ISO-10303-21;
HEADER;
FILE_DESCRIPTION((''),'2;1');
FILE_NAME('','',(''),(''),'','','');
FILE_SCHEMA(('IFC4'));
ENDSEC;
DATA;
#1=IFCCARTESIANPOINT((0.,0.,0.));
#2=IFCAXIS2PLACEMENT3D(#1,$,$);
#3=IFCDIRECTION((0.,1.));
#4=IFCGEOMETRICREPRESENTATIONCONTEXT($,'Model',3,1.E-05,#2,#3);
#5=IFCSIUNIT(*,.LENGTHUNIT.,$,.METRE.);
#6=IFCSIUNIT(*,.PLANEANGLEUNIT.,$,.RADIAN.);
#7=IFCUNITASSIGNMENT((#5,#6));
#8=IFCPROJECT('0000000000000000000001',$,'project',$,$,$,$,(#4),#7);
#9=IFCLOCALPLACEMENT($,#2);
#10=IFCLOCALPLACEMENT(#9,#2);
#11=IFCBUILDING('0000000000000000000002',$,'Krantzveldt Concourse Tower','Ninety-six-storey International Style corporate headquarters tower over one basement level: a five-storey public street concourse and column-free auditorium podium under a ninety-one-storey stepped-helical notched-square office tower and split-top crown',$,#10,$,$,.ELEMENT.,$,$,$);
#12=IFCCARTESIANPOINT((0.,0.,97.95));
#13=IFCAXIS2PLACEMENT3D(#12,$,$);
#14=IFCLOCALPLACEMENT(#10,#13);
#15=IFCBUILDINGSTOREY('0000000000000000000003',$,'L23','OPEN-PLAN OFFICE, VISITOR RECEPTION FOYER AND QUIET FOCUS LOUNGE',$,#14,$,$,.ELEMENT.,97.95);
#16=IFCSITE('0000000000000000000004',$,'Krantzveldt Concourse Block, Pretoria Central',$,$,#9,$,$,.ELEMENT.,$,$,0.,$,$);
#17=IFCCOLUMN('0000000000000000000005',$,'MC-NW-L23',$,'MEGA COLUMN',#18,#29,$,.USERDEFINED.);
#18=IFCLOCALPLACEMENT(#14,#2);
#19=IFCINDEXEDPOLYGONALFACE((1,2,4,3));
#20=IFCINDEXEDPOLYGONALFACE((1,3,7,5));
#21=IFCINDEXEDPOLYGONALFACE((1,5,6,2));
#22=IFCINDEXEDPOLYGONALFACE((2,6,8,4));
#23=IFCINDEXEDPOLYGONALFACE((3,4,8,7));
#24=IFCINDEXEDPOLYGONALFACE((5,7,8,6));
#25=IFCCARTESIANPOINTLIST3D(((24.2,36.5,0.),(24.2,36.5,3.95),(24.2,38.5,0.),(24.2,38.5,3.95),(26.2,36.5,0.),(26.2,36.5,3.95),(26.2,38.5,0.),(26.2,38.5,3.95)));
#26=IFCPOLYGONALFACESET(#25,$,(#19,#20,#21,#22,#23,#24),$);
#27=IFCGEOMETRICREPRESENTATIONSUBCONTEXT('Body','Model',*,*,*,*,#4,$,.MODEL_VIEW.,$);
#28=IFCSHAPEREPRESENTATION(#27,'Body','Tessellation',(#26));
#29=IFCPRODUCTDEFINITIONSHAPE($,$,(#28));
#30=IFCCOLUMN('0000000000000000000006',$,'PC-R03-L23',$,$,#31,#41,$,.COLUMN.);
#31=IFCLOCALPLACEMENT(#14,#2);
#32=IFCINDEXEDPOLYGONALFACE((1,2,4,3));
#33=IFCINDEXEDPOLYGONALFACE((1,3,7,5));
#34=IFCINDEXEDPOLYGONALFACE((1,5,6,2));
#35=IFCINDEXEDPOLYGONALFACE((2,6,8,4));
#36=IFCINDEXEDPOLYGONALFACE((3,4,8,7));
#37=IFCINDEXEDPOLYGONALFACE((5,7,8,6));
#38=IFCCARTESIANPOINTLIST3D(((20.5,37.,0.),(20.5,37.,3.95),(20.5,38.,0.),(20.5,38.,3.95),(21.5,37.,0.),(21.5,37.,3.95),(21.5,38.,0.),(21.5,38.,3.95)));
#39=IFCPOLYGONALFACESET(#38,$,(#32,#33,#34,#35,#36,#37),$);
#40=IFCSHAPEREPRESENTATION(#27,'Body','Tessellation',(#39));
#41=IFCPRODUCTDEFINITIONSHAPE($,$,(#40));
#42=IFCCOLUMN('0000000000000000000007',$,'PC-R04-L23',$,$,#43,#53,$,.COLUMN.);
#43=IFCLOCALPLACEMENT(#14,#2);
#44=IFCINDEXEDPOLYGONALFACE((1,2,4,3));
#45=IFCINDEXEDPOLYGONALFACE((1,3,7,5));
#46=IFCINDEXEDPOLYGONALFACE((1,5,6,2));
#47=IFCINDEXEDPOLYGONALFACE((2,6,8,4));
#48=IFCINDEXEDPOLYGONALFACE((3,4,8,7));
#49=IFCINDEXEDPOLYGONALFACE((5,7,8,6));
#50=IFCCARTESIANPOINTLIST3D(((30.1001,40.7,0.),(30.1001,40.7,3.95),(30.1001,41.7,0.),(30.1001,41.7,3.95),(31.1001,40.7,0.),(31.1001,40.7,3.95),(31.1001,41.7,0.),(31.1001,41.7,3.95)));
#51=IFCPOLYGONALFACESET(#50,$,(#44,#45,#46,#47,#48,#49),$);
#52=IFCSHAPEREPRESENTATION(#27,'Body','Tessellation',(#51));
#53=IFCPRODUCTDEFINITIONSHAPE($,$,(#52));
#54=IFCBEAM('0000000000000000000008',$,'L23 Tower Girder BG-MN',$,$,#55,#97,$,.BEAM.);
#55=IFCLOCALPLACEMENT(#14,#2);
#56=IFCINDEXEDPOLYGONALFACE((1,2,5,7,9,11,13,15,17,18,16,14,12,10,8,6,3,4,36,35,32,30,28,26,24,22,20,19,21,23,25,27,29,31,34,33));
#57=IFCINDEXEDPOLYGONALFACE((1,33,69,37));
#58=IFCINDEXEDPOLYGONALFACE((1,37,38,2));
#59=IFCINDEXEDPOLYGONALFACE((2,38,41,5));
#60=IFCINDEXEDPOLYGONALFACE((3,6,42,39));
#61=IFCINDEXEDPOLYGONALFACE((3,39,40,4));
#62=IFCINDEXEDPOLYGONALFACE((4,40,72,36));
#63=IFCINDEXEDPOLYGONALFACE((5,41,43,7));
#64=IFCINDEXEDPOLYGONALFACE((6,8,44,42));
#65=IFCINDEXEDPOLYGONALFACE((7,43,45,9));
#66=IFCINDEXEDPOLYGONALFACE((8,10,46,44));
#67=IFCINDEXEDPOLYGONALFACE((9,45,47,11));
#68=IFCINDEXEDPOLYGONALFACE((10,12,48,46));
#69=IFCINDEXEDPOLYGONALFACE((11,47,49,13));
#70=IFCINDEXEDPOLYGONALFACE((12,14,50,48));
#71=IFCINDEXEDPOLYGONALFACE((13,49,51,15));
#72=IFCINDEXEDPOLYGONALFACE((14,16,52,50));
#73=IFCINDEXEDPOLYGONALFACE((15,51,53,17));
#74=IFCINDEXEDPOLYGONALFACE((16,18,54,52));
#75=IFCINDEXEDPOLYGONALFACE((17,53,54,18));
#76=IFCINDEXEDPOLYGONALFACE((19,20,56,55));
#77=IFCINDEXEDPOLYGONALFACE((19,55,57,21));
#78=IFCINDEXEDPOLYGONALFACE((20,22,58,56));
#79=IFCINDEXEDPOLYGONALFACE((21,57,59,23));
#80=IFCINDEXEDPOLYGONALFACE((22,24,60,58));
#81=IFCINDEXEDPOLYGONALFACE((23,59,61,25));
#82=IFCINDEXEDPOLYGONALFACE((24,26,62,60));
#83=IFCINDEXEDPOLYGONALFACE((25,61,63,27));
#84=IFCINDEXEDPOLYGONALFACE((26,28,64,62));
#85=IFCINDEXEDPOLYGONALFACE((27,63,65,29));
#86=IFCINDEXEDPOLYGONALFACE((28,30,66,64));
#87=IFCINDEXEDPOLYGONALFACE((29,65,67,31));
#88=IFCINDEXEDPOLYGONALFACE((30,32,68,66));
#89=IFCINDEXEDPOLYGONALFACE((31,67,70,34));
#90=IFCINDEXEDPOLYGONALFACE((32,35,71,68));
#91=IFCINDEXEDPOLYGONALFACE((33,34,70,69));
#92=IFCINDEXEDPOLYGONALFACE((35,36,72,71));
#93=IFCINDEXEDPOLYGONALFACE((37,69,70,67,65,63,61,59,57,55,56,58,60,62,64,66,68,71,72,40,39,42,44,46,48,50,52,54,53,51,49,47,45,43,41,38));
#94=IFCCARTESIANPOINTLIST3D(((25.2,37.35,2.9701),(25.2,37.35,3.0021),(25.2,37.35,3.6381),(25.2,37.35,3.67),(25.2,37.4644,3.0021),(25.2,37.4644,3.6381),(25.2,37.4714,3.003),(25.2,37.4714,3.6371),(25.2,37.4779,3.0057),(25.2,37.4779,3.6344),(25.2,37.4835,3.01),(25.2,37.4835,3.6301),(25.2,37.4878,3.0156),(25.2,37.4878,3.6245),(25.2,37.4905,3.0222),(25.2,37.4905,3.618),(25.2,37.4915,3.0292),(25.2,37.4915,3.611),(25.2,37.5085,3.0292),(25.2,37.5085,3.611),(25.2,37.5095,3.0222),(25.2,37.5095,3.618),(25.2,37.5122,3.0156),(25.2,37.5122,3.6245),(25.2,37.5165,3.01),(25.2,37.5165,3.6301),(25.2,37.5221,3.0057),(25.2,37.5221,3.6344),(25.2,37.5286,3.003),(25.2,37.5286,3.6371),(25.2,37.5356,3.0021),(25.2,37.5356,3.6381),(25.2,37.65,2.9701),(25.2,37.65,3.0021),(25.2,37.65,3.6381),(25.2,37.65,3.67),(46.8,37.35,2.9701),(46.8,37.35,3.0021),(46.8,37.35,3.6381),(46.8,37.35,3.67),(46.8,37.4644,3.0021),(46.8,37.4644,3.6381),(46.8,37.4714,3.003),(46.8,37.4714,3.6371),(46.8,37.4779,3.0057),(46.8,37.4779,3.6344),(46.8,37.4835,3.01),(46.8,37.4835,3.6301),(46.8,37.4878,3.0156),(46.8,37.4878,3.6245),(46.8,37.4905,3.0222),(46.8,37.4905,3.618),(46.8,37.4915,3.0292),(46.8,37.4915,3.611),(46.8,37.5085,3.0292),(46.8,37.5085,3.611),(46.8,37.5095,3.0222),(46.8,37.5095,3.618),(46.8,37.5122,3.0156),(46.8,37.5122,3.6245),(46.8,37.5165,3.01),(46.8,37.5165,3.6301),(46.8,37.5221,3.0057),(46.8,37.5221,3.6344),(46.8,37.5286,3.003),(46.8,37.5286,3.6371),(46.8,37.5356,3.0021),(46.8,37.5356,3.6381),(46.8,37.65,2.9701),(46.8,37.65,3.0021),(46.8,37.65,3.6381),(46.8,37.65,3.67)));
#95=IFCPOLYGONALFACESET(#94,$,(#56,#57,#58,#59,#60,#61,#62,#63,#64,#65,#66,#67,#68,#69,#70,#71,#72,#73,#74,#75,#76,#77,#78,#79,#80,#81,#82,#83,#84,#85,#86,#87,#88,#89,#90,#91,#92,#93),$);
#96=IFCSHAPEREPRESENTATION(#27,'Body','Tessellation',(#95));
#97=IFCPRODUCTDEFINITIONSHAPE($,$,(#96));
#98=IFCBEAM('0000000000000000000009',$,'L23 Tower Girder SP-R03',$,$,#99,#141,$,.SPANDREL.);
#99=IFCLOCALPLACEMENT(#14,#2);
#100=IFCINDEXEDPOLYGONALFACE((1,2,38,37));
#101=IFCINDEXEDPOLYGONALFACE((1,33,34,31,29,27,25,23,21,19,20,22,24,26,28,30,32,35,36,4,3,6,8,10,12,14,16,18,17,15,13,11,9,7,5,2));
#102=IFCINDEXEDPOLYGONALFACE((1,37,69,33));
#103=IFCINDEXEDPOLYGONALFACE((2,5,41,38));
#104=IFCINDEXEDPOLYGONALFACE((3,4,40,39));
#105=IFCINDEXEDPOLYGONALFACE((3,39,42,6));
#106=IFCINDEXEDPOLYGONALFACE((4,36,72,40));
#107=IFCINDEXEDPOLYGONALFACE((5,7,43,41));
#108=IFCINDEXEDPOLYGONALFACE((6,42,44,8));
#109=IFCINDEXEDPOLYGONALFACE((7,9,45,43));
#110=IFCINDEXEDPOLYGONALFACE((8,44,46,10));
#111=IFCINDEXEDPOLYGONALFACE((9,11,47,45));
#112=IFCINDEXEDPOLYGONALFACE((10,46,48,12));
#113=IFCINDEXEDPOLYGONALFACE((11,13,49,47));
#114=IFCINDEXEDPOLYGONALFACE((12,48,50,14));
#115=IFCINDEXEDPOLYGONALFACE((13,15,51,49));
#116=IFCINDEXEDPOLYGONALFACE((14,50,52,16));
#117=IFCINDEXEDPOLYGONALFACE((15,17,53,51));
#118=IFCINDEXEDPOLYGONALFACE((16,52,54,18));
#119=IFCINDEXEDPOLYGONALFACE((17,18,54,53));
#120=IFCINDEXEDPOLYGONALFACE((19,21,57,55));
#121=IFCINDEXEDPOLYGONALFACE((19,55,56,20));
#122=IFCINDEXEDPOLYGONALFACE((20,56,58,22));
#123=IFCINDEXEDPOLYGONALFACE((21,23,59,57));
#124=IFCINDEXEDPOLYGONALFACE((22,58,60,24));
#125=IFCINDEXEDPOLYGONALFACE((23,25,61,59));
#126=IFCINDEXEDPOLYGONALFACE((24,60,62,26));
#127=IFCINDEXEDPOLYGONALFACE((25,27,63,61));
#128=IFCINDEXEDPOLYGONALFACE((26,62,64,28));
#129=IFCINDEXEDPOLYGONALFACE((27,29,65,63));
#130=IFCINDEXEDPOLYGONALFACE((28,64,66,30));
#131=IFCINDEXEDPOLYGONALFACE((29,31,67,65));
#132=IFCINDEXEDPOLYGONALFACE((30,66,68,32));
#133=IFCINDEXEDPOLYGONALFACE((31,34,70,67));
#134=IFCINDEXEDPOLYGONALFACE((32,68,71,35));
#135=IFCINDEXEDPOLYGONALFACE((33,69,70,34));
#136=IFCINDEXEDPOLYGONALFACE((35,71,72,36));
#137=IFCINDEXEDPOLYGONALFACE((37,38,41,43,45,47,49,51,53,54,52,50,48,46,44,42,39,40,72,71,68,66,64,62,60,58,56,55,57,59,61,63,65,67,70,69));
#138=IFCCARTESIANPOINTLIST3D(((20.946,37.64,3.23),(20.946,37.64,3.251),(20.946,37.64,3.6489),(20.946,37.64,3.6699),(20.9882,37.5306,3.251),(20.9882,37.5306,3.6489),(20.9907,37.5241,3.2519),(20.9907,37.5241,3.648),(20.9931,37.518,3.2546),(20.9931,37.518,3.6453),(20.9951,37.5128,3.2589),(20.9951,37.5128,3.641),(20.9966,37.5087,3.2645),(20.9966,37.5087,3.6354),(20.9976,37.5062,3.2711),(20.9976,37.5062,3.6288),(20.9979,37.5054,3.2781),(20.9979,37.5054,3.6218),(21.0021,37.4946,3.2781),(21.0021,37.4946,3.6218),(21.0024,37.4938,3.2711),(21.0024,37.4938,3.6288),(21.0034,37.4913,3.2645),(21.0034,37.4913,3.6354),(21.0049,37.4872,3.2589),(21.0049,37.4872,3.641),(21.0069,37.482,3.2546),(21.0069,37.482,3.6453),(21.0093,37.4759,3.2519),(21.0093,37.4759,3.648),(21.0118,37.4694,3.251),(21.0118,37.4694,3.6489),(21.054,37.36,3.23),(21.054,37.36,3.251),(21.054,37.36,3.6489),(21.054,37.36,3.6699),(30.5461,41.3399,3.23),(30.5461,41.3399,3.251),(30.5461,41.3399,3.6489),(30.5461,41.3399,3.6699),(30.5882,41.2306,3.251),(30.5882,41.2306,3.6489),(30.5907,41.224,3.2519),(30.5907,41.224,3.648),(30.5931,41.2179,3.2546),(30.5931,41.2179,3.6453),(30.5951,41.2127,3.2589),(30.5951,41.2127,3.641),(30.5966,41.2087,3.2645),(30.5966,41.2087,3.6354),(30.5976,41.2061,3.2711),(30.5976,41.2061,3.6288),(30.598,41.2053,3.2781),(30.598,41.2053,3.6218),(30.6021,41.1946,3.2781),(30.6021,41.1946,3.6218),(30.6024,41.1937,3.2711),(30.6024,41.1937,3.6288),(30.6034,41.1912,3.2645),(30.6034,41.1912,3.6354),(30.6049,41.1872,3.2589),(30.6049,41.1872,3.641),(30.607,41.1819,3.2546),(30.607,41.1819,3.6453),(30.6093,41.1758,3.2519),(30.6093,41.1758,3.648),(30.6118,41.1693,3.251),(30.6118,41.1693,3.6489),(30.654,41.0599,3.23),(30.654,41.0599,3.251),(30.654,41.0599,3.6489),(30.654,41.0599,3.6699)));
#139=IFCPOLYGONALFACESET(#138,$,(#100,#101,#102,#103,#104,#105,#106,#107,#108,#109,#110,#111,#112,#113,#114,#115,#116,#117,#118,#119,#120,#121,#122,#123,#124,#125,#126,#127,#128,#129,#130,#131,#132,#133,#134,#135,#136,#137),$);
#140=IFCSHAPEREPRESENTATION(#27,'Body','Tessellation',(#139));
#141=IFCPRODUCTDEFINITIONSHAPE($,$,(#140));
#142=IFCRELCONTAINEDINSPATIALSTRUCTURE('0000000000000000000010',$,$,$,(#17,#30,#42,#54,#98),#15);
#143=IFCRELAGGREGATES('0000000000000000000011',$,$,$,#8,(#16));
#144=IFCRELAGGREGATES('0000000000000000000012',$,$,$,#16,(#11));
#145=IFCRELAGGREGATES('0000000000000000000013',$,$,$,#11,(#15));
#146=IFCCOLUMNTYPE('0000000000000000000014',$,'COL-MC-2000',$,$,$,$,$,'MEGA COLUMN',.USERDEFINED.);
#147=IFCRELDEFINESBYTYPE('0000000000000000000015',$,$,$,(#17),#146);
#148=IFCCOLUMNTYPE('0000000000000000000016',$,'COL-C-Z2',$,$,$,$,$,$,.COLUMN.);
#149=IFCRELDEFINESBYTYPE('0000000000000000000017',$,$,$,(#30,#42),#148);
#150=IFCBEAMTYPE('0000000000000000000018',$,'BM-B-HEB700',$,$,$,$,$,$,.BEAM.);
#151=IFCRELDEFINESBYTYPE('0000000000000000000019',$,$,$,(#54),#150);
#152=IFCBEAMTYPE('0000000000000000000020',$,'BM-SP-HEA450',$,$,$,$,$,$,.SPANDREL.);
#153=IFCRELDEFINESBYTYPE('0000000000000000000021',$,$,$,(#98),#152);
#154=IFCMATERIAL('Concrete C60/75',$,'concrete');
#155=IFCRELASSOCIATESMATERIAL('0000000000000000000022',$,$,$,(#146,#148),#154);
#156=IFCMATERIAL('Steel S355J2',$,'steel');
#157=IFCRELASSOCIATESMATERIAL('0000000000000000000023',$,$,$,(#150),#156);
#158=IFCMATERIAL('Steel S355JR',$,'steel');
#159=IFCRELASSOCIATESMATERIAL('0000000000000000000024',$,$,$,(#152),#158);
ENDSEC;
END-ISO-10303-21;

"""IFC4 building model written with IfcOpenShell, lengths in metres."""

from ifc_helpers import new_model, si_unit, direction, frame, origin, origin_2d, place, context, subcontext, project, spatial, rectangle, i_section, extrude, source, transform, mapped, material, material_profile, profile_set, type_object, type_shapes, element, save


model = new_model("IFC4")

# Units and contexts
model_context = context("Model", 3, precision=1e-05, world=origin(), true_north=direction((0.0, 1.0)))
body_context = subcontext(model_context, "Body", "Model", "MODEL_VIEW")
ifc_project = project(units=[si_unit("LENGTHUNIT", "METRE"), si_unit("PLANEANGLEUNIT", "RADIAN")], contexts=[model_context])

# Site, building, storey
site_placement = place(None, origin())
site = spatial("IfcSite", under=ifc_project, at=site_placement, Name="Krantzveldt Concourse Block, Pretoria Central", CompositionType="ELEMENT", RefElevation=0.0)
building_placement = place(site_placement, origin())
building = spatial("IfcBuilding", under=site, at=building_placement, Name="Krantzveldt Concourse Tower", Description="Ninety-six-storey International Style corporate headquarters tower over one basement level: a five-storey public street concourse and column-free auditorium podium under a ninety-one-storey stepped-helical notched-square office tower and split-top crown", CompositionType="ELEMENT")
storey_placement = place(building_placement, frame((0.0, 0.0, 97.95)))
storey = spatial("IfcBuildingStorey", under=building, at=storey_placement, Name="L23", Description="OPEN-PLAN OFFICE, VISITOR RECEPTION FOYER AND QUIET FOCUS LOUNGE", CompositionType="ELEMENT", Elevation=97.95)

# Columns
ifc_material_1 = material(Name="Concrete C60/75", Category="concrete")
ifc_material_profile_1 = material_profile(ifc_material_1, rectangle(XDim=2.0, YDim=2.0, at=origin_2d()), Name="Concrete C60/75", Category="concrete")
ifc_profile_set_1 = profile_set([ifc_material_profile_1], Name="Concrete C60/75 - RC 2000x2000")
column_type_1 = type_object("IfcColumnType", Name="COL-MC-2000", ElementType="MEGA COLUMN", PredefinedType="USERDEFINED", material=ifc_profile_set_1)
shared_shape_1 = source(origin(), body_context, "Body", "SweptSolid", [
    extrude(rectangle(XDim=2.0, YDim=2.0, at=origin_2d()), origin(), (0.0, 0.0, 1.0), 3.95),
])
type_shapes(column_type_1, [shared_shape_1])
column_placement = place(storey_placement, frame((25.2, 37.5, 0.0), z_axis=(0.0, 0.0, 1.0), x_axis=(1.0, 0.0, 0.0)))
element("IfcColumn", 1, at=column_placement, inside=storey, type_object=column_type_1, Name="MC-NW-L23", ObjectType="MEGA COLUMN", PredefinedType="USERDEFINED", context=body_context, shape_type="MappedRepresentation", body=[
    mapped(shared_shape_1, transform((0.0, 0.0, 0.0), x_axis=(1.0, 0.0, 0.0), y_axis=(0.0, 1.0, 0.0), z_axis=(0.0, 0.0, 1.0), scale=1.0)),
])
ifc_material_profile_2 = material_profile(ifc_material_1, rectangle(XDim=1.0, YDim=1.0, at=origin_2d()), Name="Concrete C60/75", Category="concrete")
ifc_profile_set_2 = profile_set([ifc_material_profile_2], Name="Concrete C60/75 - RC 1000x1000")
column_type_2 = type_object("IfcColumnType", Name="COL-C-Z2", PredefinedType="COLUMN", material=ifc_profile_set_2)
shared_shape_2 = source(origin(), body_context, "Body", "SweptSolid", [
    extrude(rectangle(XDim=1.0, YDim=1.0, at=origin_2d()), origin(), (0.0, 0.0, 1.0), 3.95),
])
type_shapes(column_type_2, [shared_shape_2])
for number, where, z_axis, x_axis, name in (
    (2, (21.0, 37.5, 0.0), (0.0, 0.0, 1.0), (1.0, 0.0, 0.0), "PC-R03-L23"),
    (3, (30.6001, 41.2, 0.0), (0.0, 0.0, 1.0), (1.0, 0.0, 0.0), "PC-R04-L23"),
):
    element("IfcColumn", number, at=place(storey_placement, frame(where, z_axis=z_axis, x_axis=x_axis)), inside=storey, type_object=column_type_2, Name=name, PredefinedType="COLUMN", context=body_context, shape_type="MappedRepresentation", body=[
        mapped(shared_shape_2, transform((0.0, 0.0, 0.0), x_axis=(1.0, 0.0, 0.0), y_axis=(0.0, 1.0, 0.0), z_axis=(0.0, 0.0, 1.0), scale=1.0)),
    ])

# Beams
ifc_material_2 = material(Name="Steel S355J2", Category="steel")
ifc_material_profile_3 = material_profile(ifc_material_2, i_section(OverallWidth=0.3, OverallDepth=0.7, WebThickness=0.0171, FlangeThickness=0.032, FilletRadius=0.0271, at=origin_2d()), Name="Steel S355J2", Category="steel")
ifc_profile_set_3 = profile_set([ifc_material_profile_3], Name="Steel S355J2 - HEB 700")
beam_type_1 = type_object("IfcBeamType", Name="BM-B-HEB700", PredefinedType="BEAM", material=ifc_profile_set_3)
shared_shape_3 = source(origin(), body_context, "Body", "SweptSolid", [
    extrude(i_section(OverallWidth=0.3, OverallDepth=0.7, WebThickness=0.0171, FlangeThickness=0.032, FilletRadius=0.0271, at=origin_2d()), origin(), (0.0, 0.0, 1.0), 21.6001),
])
type_shapes(beam_type_1, [shared_shape_3])
beam_1_placement = place(storey_placement, frame((25.2, 37.5, 3.3201), z_axis=(1.0, 0.0, 0.0), x_axis=(0.0, 1.0, 0.0)))
element("IfcBeam", 4, at=beam_1_placement, inside=storey, type_object=beam_type_1, Name="L23 Tower Girder BG-MN", PredefinedType="BEAM", context=body_context, shape_type="MappedRepresentation", body=[
    mapped(shared_shape_3, transform((0.0, 0.0, 0.0), x_axis=(1.0, 0.0, 0.0), y_axis=(0.0, 1.0, 0.0), z_axis=(0.0, 0.0, 1.0), scale=1.0)),
])
ifc_material_3 = material(Name="Steel S355JR", Category="steel")
ifc_material_profile_4 = material_profile(ifc_material_3, i_section(OverallWidth=0.3, OverallDepth=0.4399, WebThickness=0.0115, FlangeThickness=0.021, FilletRadius=0.0271, at=origin_2d()), Name="Steel S355JR", Category="steel")
ifc_profile_set_4 = profile_set([ifc_material_profile_4], Name="Steel S355JR - HEA 450")
beam_type_2 = type_object("IfcBeamType", Name="BM-SP-HEA450", PredefinedType="SPANDREL", material=ifc_profile_set_4)
shared_shape_4 = source(origin(), body_context, "Body", "SweptSolid", [
    extrude(i_section(OverallWidth=0.3, OverallDepth=0.4399, WebThickness=0.0115, FlangeThickness=0.021, FilletRadius=0.0271, at=origin_2d()), origin(), (0.0, 0.0, 1.0), 10.2883),
])
beam_2_placement = place(storey_placement, frame((21.0, 37.5, 3.45), z_axis=(0.933098, 0.359623, 0.0), x_axis=(-0.359623, 0.933098, 0.0)))
element("IfcBeam", 5, at=beam_2_placement, inside=storey, type_object=beam_type_2, Name="L23 Tower Girder SP-R03", PredefinedType="SPANDREL", context=body_context, shape_type="MappedRepresentation", body=[
    mapped(shared_shape_4, transform((0.0, 0.0, 0.0), x_axis=(1.0, 0.0, 0.0), y_axis=(0.0, 1.0, 0.0), z_axis=(0.0, 0.0, 1.0), scale=1.0)),
])

save(model, "model.ifc")
